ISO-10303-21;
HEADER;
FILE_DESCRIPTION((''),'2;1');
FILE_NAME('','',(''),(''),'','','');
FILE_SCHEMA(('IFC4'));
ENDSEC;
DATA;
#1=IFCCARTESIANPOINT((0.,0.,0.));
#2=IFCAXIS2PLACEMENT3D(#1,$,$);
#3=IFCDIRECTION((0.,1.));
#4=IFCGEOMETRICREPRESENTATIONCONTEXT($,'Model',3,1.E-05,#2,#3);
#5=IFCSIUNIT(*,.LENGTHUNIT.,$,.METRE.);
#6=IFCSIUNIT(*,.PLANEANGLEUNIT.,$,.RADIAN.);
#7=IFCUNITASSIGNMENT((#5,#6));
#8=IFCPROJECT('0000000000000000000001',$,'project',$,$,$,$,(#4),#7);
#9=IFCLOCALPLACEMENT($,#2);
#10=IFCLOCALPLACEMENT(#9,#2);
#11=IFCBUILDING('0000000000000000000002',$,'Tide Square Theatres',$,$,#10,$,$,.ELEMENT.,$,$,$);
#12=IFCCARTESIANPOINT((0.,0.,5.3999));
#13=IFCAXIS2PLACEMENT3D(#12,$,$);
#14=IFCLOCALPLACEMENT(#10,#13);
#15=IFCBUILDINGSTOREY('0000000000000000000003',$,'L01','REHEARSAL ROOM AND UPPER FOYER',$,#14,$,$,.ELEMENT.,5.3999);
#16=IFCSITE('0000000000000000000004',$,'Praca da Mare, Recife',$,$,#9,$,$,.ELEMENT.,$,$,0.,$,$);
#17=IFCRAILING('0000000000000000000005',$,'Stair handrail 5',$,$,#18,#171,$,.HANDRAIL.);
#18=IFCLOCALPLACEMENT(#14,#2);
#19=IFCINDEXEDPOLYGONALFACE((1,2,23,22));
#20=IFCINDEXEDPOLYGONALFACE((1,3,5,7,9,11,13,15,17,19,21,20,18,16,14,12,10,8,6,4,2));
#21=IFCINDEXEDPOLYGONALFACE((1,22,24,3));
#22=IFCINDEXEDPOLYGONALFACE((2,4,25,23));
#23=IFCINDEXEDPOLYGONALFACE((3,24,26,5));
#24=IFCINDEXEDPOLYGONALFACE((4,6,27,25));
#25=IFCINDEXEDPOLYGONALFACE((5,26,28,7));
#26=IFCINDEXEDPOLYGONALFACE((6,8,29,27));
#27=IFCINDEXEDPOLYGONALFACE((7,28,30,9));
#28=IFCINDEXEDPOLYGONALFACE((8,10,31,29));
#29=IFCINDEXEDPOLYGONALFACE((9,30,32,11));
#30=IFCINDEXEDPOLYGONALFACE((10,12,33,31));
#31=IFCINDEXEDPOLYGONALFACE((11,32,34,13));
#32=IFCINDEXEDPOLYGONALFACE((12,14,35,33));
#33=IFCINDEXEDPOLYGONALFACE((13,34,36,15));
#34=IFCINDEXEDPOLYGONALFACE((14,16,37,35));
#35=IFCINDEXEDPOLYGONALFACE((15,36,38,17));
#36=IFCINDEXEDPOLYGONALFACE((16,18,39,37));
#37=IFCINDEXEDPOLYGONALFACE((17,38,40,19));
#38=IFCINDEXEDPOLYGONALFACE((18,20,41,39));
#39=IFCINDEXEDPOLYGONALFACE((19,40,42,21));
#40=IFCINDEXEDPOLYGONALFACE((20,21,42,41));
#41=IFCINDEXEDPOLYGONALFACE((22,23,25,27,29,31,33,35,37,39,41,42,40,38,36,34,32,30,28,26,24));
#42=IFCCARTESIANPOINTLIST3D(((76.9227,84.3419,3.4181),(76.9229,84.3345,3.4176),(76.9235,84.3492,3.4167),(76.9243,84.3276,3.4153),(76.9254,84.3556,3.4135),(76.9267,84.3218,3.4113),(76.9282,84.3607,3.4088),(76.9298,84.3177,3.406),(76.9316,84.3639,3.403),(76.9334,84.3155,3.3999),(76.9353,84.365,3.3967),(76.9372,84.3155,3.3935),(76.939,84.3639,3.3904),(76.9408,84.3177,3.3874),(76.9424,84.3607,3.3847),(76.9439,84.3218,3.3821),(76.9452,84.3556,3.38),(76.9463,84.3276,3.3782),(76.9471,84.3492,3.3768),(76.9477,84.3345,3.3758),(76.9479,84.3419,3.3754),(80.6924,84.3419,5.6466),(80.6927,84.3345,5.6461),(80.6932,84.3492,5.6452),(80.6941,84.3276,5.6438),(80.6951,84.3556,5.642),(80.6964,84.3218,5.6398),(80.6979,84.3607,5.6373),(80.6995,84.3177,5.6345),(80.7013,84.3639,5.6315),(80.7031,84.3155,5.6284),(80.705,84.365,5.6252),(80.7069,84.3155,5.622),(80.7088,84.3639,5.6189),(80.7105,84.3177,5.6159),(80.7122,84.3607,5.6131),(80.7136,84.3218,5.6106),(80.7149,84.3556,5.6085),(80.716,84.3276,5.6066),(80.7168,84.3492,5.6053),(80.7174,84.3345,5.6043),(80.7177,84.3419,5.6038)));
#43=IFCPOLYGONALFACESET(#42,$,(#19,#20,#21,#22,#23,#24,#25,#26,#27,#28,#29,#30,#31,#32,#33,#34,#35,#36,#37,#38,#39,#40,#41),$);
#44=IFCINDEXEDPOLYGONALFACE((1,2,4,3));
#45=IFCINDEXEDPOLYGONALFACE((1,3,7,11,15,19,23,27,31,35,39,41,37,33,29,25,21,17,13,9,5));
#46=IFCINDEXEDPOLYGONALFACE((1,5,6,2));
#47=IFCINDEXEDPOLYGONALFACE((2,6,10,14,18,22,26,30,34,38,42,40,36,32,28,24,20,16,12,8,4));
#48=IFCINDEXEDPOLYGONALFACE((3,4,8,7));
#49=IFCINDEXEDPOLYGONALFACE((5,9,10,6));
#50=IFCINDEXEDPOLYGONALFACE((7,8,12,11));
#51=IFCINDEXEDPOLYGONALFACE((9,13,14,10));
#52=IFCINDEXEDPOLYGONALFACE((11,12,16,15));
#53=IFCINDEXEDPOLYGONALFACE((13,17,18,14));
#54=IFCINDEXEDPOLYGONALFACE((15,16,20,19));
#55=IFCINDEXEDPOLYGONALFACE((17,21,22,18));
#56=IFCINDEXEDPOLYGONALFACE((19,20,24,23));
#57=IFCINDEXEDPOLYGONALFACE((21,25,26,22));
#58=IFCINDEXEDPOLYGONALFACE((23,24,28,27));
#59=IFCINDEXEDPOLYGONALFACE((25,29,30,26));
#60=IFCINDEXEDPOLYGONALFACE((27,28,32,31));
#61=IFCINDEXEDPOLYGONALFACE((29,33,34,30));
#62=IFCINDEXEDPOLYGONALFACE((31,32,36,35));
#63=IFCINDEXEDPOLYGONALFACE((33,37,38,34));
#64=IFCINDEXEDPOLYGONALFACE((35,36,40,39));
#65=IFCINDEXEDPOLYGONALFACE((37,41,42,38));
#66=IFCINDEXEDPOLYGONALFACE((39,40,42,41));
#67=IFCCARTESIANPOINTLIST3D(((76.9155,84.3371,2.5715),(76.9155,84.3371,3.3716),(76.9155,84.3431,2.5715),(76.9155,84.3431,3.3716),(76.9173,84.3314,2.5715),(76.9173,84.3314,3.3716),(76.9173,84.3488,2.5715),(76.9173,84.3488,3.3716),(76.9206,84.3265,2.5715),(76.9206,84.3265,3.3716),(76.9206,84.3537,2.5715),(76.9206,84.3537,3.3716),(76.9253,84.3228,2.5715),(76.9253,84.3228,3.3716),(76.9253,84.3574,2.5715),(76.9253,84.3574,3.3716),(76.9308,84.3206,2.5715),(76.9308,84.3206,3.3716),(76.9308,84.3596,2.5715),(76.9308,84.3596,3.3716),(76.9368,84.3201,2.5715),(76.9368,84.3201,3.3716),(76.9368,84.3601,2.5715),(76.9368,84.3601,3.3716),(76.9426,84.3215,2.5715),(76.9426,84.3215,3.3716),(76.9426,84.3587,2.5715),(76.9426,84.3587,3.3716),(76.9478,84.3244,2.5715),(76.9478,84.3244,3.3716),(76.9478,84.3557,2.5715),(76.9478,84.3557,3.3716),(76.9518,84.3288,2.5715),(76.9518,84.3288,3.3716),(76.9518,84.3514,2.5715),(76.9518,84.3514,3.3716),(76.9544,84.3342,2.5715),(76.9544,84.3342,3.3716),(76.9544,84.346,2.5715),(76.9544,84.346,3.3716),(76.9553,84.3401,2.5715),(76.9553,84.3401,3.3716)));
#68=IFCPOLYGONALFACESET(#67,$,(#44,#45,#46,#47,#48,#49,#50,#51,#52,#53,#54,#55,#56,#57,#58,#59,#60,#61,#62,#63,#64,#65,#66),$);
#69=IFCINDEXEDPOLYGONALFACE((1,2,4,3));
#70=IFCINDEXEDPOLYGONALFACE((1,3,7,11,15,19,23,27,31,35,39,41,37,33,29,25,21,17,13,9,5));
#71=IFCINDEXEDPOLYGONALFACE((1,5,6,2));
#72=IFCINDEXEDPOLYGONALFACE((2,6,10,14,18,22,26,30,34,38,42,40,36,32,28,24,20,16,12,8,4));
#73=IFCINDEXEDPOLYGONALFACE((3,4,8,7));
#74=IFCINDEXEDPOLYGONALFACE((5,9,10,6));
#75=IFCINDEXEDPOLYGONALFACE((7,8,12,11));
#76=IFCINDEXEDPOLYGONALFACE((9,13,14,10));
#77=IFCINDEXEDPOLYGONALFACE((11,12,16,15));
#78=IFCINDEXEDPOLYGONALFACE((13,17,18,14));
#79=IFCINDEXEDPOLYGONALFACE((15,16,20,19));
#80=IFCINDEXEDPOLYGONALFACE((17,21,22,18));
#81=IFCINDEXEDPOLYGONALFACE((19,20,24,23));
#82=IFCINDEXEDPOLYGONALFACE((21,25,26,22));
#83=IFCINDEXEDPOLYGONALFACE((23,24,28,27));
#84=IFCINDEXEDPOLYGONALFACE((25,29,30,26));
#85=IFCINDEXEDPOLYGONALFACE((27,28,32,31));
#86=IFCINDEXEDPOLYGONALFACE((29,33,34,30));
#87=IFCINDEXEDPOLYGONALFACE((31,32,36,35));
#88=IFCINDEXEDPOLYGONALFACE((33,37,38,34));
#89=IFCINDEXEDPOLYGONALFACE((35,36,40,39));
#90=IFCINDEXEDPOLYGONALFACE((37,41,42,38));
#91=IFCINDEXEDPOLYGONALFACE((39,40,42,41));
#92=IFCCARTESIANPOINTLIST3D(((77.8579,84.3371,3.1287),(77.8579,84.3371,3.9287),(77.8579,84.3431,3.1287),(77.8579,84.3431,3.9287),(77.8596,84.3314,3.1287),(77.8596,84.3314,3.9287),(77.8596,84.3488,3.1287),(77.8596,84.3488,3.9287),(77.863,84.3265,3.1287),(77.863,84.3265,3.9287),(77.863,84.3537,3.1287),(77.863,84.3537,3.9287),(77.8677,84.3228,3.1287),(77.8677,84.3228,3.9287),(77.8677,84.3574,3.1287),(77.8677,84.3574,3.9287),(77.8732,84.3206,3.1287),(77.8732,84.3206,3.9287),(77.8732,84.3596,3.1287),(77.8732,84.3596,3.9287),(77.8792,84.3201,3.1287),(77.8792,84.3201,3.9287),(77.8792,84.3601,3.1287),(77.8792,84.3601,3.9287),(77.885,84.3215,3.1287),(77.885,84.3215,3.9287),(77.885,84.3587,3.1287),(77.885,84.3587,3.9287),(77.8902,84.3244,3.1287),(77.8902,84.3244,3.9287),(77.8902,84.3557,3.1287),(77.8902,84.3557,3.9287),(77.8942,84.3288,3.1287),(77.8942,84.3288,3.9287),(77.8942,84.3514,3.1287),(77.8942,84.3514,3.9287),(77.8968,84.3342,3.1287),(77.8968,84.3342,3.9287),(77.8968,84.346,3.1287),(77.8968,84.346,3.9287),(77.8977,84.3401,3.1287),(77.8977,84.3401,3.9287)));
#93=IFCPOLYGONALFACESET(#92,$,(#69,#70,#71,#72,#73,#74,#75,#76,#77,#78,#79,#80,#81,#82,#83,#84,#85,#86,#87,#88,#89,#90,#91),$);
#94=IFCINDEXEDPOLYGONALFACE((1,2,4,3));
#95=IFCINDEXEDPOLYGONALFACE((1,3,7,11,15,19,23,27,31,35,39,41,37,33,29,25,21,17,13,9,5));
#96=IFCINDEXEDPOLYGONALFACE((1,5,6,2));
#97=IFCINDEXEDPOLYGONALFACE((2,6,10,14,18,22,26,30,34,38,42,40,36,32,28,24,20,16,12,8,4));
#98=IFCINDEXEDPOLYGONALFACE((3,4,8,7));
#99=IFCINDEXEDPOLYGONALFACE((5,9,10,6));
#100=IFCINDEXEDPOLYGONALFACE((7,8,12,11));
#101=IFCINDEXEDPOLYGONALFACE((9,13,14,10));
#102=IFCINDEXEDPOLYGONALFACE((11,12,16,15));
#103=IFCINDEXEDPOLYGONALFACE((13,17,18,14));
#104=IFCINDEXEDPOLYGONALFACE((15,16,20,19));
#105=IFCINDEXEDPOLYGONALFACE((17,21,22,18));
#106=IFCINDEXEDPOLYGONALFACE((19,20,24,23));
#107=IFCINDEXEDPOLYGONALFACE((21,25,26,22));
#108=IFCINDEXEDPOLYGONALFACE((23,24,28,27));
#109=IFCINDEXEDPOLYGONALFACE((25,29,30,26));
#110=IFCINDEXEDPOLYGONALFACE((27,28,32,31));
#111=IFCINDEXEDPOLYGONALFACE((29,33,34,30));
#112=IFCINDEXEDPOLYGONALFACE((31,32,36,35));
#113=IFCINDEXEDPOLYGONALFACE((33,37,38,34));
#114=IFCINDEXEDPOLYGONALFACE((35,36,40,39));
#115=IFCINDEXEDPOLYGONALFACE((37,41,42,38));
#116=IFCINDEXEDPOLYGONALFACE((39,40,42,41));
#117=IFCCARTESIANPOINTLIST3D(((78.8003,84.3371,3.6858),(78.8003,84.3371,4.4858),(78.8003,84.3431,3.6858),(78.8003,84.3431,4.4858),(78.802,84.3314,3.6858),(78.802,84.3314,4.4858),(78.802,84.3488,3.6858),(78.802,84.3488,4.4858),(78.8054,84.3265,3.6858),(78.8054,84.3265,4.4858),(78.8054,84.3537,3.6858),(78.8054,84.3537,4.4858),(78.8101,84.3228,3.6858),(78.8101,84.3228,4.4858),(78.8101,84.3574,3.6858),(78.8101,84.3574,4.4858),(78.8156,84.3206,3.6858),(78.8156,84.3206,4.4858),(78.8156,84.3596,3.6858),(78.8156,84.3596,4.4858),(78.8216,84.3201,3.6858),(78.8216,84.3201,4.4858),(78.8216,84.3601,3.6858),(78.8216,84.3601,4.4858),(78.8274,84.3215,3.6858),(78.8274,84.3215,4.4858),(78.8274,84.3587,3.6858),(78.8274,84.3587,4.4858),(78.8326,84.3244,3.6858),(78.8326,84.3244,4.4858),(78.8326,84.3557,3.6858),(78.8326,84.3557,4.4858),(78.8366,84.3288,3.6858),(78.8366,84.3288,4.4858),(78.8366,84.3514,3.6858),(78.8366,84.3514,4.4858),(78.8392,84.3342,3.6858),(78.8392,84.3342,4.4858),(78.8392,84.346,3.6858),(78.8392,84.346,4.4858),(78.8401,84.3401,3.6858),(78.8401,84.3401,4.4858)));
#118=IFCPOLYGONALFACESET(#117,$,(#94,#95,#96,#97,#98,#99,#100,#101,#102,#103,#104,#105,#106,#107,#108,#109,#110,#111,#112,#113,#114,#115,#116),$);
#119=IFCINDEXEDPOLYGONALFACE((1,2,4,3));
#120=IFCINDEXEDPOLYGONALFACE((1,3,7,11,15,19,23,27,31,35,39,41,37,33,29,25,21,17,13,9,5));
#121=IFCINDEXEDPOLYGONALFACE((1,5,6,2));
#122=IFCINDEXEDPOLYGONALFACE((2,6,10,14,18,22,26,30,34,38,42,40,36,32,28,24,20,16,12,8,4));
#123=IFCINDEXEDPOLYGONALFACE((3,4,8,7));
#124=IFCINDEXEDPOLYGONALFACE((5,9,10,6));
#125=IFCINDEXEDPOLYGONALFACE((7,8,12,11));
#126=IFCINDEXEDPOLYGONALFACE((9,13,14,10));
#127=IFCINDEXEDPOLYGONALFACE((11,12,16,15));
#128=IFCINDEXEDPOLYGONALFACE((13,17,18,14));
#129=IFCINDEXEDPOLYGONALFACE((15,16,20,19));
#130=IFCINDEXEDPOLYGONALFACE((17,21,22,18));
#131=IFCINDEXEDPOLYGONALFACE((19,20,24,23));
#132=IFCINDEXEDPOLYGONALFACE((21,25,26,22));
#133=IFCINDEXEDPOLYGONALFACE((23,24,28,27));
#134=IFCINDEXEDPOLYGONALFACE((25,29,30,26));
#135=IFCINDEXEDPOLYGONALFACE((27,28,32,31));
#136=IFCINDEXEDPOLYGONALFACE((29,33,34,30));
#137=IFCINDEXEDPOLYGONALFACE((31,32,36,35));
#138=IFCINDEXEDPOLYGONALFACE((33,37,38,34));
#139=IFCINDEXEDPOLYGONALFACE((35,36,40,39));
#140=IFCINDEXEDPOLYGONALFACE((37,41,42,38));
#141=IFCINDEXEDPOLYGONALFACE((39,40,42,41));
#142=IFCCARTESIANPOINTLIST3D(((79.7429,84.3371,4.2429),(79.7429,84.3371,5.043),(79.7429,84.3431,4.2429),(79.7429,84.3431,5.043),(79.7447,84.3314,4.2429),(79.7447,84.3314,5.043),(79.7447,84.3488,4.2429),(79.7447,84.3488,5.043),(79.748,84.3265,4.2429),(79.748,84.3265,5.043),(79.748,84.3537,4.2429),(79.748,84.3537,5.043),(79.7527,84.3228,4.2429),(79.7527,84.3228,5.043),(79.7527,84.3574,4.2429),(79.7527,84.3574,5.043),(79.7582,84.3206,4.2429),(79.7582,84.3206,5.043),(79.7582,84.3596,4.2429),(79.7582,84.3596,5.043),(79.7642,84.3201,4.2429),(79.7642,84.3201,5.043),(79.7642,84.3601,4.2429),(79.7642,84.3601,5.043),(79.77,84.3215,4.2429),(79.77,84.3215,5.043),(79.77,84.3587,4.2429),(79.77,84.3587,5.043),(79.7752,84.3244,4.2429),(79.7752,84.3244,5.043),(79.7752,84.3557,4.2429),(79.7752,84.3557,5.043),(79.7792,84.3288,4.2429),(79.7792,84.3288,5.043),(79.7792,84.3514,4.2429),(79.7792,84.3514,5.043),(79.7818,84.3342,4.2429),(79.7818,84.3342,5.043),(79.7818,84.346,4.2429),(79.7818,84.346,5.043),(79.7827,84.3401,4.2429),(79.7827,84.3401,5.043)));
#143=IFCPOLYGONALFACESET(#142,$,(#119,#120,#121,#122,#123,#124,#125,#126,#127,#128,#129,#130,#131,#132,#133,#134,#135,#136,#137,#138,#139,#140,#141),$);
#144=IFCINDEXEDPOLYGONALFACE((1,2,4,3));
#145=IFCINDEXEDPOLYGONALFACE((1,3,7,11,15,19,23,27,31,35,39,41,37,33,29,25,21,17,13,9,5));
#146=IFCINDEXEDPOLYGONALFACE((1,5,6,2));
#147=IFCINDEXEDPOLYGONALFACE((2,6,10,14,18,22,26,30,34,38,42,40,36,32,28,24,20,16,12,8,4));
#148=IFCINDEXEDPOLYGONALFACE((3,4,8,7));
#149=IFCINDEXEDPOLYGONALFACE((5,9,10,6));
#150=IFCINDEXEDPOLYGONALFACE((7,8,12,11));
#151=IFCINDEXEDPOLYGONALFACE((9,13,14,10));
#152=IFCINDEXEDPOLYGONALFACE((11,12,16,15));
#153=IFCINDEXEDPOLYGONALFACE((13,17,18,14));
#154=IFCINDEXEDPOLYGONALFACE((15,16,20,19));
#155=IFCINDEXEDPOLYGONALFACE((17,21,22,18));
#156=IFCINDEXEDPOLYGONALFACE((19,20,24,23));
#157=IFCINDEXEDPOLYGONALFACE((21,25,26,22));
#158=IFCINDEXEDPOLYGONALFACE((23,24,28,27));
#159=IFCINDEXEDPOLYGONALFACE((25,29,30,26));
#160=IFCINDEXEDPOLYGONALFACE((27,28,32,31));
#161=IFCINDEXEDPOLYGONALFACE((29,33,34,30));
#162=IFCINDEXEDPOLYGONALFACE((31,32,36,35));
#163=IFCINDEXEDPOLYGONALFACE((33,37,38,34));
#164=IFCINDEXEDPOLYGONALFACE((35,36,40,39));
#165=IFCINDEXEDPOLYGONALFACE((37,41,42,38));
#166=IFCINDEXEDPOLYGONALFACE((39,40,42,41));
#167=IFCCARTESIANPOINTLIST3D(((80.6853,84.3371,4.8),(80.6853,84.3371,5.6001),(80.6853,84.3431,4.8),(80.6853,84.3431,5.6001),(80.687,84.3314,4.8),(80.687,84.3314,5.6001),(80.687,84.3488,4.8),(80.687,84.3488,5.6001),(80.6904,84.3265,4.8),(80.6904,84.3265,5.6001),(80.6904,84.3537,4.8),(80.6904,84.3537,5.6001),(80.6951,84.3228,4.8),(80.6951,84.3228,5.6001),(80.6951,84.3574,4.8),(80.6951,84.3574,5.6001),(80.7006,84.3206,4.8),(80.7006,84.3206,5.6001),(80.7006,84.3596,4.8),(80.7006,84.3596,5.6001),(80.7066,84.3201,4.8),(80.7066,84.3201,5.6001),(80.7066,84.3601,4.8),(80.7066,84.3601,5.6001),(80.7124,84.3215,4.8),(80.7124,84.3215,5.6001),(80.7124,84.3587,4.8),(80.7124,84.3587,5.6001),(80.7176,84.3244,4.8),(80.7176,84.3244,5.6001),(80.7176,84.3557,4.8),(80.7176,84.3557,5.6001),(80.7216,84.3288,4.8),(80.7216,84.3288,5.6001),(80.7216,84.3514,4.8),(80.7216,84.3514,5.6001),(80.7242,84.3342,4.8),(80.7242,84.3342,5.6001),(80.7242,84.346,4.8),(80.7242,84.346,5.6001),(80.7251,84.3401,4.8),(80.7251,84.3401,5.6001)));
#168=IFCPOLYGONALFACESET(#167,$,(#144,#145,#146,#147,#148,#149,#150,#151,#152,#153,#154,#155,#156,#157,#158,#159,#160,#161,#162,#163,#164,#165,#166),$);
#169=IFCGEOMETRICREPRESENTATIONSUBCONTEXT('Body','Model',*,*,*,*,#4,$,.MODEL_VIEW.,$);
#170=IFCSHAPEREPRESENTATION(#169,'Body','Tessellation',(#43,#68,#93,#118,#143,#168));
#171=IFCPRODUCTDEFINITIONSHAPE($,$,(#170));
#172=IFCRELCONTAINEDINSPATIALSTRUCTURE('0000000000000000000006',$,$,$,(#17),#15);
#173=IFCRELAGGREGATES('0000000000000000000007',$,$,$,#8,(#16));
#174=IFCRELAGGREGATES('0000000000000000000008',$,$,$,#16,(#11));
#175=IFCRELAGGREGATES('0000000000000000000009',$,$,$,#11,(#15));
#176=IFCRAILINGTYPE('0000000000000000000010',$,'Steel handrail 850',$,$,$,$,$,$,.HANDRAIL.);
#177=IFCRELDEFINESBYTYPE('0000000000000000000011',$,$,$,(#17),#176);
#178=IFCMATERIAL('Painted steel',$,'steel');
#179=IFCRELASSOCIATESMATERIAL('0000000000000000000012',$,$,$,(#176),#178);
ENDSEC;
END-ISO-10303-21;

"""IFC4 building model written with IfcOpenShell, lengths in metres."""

from ifc_helpers import new_model, si_unit, direction, frame, origin, origin_2d, place, context, subcontext, project, spatial, circle, extrude, material, type_object, element, save


model = new_model("IFC4")

# Units and contexts
model_context = context("Model", 3, precision=1e-05, world=origin(), true_north=direction((0.0, 1.0)))
body_context = subcontext(model_context, "Body", "Model", "MODEL_VIEW")
ifc_project = project(units=[si_unit("LENGTHUNIT", "METRE"), si_unit("PLANEANGLEUNIT", "RADIAN")], contexts=[model_context])

# Site, building, storey
site_placement = place(None, origin())
site = spatial("IfcSite", under=ifc_project, at=site_placement, Name="Praca da Mare, Recife", CompositionType="ELEMENT", RefElevation=0.0)
building_placement = place(site_placement, origin())
building = spatial("IfcBuilding", under=site, at=building_placement, Name="Tide Square Theatres", CompositionType="ELEMENT")
storey_placement = place(building_placement, frame((0.0, 0.0, 5.3999)))
storey = spatial("IfcBuildingStorey", under=building, at=storey_placement, Name="L01", Description="REHEARSAL ROOM AND UPPER FOYER", CompositionType="ELEMENT", Elevation=5.3999)

# Railing
ifc_material_1 = material(Name="Painted steel", Category="steel")
railing_type = type_object("IfcRailingType", Name="Steel handrail 850", PredefinedType="HANDRAIL", material=ifc_material_1)
for number, where, name in (
    (1, (76.9353, 84.3401, 2.5715), "Stair handrail 5"),
):
    element("IfcRailing", number, at=place(storey_placement, frame(where)), inside=storey, type_object=railing_type, Name=name, PredefinedType="HANDRAIL", context=body_context, shape_type="SweptSolid", body=[
        extrude(circle(Radius=0.0249, at=origin_2d()), frame((0.0, 0.0, 0.8252), z_axis=(0.860834, 0.0, 0.508885), x_axis=(0.0, 1.0, 0.0)), (0.0, 0.0, 1.0), 4.3792),
        extrude(circle(Radius=0.02, at=origin_2d()), origin(), (0.0, 0.0, 1.0), 0.8),
        extrude(circle(Radius=0.02, at=origin_2d()), frame((0.9424, 0.0, 0.5571)), (0.0, 0.0, 1.0), 0.8),
        extrude(circle(Radius=0.02, at=origin_2d()), frame((1.8848, 0.0, 1.1143)), (0.0, 0.0, 1.0), 0.8),
        extrude(circle(Radius=0.02, at=origin_2d()), frame((2.8274, 0.0, 1.6714)), (0.0, 0.0, 1.0), 0.8),
        extrude(circle(Radius=0.02, at=origin_2d()), frame((3.7698, 0.0, 2.2285)), (0.0, 0.0, 1.0), 0.8),
    ])

save(model, "model.ifc")
